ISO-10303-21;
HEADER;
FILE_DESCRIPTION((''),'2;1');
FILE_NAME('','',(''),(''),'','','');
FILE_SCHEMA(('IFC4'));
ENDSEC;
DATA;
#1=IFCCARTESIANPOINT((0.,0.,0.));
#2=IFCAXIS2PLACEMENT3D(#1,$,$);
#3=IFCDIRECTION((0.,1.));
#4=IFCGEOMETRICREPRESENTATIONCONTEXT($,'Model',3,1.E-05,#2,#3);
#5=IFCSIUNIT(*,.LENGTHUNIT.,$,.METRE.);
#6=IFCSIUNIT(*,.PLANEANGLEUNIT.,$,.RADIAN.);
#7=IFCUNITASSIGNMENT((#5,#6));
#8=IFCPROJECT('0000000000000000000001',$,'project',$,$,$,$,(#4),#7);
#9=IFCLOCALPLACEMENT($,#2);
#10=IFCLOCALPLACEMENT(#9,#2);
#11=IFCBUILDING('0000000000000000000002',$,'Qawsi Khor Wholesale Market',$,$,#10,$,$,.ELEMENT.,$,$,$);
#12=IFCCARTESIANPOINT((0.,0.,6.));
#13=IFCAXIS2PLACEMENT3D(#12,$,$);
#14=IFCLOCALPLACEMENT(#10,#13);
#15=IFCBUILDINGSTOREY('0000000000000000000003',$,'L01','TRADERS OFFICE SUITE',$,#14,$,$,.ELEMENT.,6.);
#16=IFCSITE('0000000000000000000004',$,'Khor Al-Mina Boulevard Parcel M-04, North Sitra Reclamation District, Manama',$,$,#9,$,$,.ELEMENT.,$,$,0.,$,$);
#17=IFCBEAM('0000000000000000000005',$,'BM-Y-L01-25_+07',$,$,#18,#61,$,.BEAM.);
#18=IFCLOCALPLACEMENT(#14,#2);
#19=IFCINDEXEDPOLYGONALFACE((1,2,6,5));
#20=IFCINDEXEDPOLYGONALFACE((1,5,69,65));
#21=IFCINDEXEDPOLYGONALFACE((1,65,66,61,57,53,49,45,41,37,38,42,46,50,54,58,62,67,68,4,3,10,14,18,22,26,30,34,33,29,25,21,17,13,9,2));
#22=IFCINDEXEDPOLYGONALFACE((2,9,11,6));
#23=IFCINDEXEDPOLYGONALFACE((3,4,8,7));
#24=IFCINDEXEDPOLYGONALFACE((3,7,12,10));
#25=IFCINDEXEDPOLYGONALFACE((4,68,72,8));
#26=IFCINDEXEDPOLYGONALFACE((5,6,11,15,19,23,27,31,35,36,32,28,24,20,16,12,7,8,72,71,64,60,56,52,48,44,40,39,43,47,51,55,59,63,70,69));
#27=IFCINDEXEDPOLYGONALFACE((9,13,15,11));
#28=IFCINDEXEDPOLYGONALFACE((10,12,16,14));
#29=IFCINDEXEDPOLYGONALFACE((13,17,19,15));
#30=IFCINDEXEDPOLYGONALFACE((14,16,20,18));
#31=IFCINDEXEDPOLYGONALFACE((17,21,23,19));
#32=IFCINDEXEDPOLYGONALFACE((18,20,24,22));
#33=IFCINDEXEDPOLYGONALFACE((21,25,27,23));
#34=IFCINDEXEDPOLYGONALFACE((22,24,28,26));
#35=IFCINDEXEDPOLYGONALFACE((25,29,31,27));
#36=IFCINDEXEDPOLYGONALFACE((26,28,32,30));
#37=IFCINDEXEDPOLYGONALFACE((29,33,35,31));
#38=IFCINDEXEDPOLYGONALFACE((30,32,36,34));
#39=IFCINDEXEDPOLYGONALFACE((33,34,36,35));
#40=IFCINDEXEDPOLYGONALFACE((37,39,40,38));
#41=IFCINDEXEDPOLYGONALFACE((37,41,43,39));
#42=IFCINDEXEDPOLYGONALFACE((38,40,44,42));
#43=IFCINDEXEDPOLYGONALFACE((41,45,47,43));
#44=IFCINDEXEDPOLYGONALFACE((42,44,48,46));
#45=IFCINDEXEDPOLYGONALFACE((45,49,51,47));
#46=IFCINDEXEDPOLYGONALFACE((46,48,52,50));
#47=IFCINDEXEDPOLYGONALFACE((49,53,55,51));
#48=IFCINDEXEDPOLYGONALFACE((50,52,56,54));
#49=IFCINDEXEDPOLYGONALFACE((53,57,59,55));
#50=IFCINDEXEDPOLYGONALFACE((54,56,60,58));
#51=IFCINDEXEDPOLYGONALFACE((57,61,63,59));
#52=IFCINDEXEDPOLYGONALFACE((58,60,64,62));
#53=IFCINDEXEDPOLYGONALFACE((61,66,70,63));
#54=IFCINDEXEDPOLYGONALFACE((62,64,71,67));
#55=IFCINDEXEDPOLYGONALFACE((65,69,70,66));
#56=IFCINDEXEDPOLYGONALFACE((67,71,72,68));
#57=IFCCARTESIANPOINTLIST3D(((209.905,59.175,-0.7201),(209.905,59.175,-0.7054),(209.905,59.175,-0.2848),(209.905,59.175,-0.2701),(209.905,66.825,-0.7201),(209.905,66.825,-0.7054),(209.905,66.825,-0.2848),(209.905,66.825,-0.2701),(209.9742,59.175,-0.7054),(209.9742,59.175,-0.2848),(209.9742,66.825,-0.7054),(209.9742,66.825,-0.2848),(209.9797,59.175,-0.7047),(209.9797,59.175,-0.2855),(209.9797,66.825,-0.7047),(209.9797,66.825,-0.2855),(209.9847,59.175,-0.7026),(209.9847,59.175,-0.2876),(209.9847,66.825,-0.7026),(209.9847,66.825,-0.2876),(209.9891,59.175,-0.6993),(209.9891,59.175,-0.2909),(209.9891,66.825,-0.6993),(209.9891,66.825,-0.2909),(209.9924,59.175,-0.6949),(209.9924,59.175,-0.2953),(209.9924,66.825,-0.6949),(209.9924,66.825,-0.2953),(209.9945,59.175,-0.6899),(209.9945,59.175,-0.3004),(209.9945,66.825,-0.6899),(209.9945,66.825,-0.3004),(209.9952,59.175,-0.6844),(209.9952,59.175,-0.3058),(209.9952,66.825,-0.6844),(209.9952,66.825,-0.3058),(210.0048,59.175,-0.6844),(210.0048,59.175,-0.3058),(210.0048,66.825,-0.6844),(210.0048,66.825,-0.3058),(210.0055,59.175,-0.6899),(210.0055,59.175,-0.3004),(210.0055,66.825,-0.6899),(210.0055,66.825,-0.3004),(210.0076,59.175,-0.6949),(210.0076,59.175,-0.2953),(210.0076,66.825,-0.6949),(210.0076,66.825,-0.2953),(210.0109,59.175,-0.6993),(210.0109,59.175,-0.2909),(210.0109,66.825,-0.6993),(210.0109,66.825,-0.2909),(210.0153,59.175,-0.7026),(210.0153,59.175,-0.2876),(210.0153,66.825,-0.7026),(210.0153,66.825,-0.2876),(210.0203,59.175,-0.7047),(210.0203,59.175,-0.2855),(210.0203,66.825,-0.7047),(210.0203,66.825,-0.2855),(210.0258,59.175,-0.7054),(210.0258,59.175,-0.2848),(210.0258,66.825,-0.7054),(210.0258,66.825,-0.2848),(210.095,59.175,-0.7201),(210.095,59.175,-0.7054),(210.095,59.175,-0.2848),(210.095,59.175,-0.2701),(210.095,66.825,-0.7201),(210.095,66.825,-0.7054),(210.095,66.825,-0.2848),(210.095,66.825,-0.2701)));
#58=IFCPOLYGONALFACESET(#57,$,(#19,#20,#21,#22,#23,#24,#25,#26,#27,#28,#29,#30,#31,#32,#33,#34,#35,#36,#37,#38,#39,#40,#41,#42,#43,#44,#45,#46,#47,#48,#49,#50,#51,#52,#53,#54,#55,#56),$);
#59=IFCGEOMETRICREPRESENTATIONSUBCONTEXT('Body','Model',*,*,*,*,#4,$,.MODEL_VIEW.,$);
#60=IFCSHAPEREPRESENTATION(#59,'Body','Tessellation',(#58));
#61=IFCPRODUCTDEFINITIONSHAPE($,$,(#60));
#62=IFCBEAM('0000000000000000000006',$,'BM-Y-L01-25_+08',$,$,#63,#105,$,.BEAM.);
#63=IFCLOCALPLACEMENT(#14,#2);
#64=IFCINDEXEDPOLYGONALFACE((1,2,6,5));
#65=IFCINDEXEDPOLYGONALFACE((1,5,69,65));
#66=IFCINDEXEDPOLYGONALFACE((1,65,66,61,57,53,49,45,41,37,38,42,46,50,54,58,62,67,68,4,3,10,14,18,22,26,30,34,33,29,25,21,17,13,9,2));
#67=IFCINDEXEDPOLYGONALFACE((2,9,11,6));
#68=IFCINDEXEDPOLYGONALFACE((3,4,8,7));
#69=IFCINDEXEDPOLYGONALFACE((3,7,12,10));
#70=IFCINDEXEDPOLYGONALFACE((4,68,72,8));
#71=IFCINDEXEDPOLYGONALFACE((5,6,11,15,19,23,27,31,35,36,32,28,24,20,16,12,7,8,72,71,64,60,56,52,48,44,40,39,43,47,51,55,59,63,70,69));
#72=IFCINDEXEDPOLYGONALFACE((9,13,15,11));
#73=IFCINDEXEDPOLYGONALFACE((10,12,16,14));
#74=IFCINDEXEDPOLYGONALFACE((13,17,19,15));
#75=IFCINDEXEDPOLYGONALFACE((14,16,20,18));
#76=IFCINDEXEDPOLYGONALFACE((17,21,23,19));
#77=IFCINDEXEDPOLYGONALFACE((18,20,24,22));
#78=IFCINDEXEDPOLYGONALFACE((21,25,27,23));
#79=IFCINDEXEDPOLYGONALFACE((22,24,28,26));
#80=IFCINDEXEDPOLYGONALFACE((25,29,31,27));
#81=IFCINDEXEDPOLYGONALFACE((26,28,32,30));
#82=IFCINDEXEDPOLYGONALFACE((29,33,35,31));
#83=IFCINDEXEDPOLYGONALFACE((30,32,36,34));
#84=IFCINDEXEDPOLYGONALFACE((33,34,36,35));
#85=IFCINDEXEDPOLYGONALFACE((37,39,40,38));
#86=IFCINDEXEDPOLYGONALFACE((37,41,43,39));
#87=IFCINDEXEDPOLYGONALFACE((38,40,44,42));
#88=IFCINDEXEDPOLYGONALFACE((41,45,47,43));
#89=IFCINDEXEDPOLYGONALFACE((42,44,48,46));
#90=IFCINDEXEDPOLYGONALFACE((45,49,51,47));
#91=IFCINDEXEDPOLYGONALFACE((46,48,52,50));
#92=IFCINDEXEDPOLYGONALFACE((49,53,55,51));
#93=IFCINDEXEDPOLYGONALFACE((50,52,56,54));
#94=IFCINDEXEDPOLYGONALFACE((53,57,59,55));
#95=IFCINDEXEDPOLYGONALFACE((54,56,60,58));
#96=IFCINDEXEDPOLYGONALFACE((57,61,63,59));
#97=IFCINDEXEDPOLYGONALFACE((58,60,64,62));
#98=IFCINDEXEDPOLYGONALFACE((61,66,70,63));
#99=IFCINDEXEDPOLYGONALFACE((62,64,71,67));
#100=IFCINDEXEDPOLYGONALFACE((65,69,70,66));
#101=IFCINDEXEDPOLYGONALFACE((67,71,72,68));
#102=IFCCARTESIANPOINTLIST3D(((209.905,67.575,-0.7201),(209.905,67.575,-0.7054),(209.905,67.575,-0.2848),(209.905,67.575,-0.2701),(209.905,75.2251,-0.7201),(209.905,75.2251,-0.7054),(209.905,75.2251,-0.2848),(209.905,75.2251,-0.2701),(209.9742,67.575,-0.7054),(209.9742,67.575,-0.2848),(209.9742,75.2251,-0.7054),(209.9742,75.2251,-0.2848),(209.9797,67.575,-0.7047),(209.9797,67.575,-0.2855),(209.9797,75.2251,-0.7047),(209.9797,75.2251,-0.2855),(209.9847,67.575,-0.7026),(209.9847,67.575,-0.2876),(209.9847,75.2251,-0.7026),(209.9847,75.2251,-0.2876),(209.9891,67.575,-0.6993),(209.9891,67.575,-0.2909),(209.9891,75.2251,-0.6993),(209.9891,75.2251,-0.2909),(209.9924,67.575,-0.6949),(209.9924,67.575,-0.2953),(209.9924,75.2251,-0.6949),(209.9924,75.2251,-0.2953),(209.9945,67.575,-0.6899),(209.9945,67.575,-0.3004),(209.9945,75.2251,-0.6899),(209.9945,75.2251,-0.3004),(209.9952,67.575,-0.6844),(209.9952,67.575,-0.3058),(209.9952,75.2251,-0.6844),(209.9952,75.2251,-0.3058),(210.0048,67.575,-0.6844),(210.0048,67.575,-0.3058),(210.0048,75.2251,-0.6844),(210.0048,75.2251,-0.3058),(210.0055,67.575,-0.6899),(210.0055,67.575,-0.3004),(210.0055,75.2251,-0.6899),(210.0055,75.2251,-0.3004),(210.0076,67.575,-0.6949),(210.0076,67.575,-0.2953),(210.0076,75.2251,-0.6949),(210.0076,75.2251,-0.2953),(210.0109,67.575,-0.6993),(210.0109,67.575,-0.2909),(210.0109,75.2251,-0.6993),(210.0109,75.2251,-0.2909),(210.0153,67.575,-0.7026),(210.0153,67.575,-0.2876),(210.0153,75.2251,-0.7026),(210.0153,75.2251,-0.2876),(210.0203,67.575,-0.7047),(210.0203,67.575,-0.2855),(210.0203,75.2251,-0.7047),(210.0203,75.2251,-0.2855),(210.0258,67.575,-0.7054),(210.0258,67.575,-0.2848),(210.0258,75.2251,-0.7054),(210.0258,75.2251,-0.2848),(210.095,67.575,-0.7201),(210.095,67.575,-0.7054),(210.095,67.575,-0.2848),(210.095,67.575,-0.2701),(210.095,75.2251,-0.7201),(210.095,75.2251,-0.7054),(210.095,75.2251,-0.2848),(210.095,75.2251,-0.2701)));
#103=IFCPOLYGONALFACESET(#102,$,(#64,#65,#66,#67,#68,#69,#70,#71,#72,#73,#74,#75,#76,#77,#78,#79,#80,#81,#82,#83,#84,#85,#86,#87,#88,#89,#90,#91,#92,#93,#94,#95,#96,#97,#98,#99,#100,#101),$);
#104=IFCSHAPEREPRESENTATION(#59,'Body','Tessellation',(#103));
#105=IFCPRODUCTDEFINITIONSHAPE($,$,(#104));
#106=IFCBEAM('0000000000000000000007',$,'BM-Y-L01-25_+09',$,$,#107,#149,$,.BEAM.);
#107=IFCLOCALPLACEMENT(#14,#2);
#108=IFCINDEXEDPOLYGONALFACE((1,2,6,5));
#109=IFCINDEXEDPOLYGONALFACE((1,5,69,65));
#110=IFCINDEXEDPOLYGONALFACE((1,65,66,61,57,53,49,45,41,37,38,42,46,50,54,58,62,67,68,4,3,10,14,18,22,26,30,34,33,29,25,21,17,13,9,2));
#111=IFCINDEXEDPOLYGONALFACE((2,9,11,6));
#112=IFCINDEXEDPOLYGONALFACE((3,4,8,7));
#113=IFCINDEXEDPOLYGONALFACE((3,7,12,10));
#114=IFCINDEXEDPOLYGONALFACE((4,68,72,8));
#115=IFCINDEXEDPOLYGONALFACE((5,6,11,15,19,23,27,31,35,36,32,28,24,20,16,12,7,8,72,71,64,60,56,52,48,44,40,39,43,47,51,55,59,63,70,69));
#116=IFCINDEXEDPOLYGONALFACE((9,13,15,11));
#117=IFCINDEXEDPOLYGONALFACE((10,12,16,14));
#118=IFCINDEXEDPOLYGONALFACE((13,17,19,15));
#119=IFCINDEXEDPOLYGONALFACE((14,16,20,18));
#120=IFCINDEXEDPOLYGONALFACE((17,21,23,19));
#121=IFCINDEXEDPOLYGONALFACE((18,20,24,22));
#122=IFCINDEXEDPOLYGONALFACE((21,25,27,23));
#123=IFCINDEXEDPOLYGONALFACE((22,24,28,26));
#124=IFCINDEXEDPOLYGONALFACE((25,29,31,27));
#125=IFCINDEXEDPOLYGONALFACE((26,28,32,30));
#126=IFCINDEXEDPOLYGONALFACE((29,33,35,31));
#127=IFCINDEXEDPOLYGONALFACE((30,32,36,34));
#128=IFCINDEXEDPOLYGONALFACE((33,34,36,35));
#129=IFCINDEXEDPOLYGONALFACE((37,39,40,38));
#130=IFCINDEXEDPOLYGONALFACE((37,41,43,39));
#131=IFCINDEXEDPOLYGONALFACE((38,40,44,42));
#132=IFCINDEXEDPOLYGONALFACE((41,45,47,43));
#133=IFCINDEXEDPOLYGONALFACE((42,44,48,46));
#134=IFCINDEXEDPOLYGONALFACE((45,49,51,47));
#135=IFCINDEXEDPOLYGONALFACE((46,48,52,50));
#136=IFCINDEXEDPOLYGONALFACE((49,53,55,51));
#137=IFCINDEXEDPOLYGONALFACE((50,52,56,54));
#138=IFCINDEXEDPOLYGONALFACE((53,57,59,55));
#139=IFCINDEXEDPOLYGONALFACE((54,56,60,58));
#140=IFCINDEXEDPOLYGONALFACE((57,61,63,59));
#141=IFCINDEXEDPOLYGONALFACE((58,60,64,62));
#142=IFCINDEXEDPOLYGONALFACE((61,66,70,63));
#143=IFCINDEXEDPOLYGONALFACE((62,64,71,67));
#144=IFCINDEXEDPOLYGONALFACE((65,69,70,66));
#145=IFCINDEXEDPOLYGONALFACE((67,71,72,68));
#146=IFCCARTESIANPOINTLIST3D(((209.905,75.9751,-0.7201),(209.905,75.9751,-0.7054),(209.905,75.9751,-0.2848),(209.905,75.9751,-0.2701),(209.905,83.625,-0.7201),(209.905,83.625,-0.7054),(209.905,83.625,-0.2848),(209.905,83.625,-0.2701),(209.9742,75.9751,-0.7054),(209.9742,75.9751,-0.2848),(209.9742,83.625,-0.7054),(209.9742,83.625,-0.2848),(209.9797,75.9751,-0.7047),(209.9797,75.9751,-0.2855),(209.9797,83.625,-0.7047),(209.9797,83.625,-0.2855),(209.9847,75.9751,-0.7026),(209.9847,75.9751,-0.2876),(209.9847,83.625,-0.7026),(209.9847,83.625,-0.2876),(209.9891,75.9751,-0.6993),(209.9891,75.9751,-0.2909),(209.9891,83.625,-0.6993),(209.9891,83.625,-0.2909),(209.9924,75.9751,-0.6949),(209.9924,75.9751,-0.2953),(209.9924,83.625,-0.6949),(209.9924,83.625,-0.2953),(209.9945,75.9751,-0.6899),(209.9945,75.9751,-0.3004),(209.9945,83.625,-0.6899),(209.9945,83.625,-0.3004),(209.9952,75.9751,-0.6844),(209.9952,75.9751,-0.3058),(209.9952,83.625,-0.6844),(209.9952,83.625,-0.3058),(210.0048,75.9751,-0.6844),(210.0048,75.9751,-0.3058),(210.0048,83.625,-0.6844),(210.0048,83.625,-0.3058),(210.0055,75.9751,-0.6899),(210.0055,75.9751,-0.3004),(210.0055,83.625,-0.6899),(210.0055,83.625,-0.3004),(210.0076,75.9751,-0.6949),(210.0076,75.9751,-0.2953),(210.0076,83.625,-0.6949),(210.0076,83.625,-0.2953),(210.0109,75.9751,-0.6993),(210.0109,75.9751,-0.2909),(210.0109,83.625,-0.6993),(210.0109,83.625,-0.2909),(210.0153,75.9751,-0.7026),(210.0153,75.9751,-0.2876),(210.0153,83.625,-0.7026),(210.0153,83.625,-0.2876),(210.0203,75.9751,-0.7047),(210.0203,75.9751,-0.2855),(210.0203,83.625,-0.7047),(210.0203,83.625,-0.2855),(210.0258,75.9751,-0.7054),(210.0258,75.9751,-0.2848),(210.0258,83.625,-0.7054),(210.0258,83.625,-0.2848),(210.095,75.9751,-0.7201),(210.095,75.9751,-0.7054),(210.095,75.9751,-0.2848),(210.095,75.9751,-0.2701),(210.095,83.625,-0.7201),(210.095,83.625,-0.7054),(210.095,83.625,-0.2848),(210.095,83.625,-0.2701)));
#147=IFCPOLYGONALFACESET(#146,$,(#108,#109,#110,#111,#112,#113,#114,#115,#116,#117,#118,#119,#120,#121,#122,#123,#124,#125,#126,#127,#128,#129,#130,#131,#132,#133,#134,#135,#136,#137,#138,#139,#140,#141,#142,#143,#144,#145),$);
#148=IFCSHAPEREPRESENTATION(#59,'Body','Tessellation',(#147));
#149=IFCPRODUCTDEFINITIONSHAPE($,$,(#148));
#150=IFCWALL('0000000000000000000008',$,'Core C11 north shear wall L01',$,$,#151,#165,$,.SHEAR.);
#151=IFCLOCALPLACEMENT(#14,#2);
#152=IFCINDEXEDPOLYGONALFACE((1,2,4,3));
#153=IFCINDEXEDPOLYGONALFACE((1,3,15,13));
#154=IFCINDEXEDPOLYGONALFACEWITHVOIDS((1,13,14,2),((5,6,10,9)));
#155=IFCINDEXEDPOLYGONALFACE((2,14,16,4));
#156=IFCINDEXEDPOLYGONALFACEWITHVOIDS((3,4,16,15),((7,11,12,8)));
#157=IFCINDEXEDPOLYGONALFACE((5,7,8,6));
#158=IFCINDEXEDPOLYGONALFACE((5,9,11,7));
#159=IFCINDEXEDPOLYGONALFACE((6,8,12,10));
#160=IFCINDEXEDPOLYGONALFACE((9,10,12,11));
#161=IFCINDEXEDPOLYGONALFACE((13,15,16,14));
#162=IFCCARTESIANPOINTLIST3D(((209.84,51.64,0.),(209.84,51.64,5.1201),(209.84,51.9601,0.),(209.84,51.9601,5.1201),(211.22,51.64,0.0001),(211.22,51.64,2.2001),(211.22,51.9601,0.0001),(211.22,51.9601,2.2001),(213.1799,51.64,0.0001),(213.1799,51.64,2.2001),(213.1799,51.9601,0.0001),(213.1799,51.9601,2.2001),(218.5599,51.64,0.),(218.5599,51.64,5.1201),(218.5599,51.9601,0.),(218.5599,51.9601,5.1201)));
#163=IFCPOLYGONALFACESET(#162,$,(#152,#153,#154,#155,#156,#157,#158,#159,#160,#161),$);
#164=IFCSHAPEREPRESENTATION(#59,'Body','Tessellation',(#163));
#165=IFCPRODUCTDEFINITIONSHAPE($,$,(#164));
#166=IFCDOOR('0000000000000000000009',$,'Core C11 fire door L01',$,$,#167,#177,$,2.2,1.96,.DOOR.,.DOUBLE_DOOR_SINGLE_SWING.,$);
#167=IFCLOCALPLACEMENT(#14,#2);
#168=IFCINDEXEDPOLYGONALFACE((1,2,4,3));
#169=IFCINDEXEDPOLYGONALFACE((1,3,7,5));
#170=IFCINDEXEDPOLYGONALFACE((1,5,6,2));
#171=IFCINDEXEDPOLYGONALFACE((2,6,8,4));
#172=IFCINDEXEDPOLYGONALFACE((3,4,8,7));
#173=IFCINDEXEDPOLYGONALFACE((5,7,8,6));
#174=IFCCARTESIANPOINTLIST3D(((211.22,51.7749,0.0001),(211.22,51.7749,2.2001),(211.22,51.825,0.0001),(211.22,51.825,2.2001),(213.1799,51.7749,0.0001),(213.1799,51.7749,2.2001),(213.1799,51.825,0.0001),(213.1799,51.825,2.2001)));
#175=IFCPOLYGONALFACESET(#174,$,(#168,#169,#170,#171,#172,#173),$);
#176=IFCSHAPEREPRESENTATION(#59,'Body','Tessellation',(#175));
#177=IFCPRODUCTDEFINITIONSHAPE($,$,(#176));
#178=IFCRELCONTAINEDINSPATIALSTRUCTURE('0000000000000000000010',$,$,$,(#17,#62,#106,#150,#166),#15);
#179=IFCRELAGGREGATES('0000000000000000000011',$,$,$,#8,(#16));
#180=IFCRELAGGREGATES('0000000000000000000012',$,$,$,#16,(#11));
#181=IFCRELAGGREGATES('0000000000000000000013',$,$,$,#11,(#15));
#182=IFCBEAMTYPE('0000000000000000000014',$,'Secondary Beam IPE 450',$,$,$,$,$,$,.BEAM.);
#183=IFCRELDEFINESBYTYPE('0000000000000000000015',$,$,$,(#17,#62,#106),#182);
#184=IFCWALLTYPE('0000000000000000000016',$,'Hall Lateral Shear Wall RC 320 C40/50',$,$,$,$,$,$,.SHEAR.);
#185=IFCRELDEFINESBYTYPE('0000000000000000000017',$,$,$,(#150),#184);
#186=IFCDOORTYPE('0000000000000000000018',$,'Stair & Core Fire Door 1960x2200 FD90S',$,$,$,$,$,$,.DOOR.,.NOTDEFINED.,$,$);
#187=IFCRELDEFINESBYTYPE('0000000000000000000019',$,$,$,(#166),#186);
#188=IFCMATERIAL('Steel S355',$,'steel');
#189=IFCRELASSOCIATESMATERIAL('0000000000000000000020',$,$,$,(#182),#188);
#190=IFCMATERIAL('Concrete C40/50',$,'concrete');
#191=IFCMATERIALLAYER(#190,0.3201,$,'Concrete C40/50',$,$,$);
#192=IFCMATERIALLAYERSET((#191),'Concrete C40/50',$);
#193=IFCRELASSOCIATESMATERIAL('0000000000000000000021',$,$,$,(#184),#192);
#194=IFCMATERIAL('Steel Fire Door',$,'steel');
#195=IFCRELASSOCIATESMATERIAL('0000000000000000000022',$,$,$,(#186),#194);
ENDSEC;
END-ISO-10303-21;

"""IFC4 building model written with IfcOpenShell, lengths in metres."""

from ifc_helpers import new_model, si_unit, direction, frame, frame_2d, origin, origin_2d, place, context, subcontext, project, spatial, rectangle, i_section, extrude, material, layer, layer_set, material_profile, profile_set, type_object, element, fill, save


model = new_model("IFC4")

# Units and contexts
model_context = context("Model", 3, precision=1e-05, world=origin(), true_north=direction((0.0, 1.0)))
body_context = subcontext(model_context, "Body", "Model", "MODEL_VIEW")
ifc_project = project(units=[si_unit("LENGTHUNIT", "METRE"), si_unit("PLANEANGLEUNIT", "RADIAN")], contexts=[model_context])

# Site, building, storey
site_placement = place(None, origin())
site = spatial("IfcSite", under=ifc_project, at=site_placement, Name="Khor Al-Mina Boulevard Parcel M-04, North Sitra Reclamation District, Manama", CompositionType="ELEMENT", RefElevation=0.0)
building_placement = place(site_placement, origin())
building = spatial("IfcBuilding", under=site, at=building_placement, Name="Qawsi Khor Wholesale Market", CompositionType="ELEMENT")
storey_placement = place(building_placement, frame((0.0, 0.0, 6.0)))
storey = spatial("IfcBuildingStorey", under=building, at=storey_placement, Name="L01", Description="TRADERS OFFICE SUITE", CompositionType="ELEMENT", Elevation=6.0)

# Shared definitions
ifc_material_1 = material(Name="Concrete C40/50", Category="concrete")

# Beams
ifc_material_2 = material(Name="Steel S355", Category="steel")
ifc_material_profile_1 = material_profile(ifc_material_2, i_section(OverallWidth=0.1899, OverallDepth=0.45, WebThickness=0.0095, FlangeThickness=0.0146, FilletRadius=0.021, at=origin_2d()), Name="IPE 450")
ifc_profile_set_1 = profile_set([ifc_material_profile_1], Name="Steel S355")
beam_type_1 = type_object("IfcBeamType", Name="Secondary Beam IPE 450", PredefinedType="BEAM", material=ifc_profile_set_1)
beam_1_placement = place(storey_placement, frame((210.0, 59.175, -0.4951), z_axis=(0.0, 1.0, 0.0), x_axis=(-1.0, 0.0, 0.0)))
element("IfcBeam", 1, at=beam_1_placement, inside=storey, type_object=beam_type_1, Name="BM-Y-L01-25_+07", PredefinedType="BEAM", context=body_context, shape_type="SweptSolid", body=[
    extrude(i_section(OverallWidth=0.1899, OverallDepth=0.45, WebThickness=0.0095, FlangeThickness=0.0146, FilletRadius=0.021, at=origin_2d()), origin(), (0.0, 0.0, 1.0), 7.6499),
])
beam_2_placement = place(storey_placement, frame((210.0, 67.575, -0.4951), z_axis=(0.0, 1.0, 0.0), x_axis=(-1.0, 0.0, 0.0)))
element("IfcBeam", 2, at=beam_2_placement, inside=storey, type_object=beam_type_1, Name="BM-Y-L01-25_+08", PredefinedType="BEAM", context=body_context, shape_type="SweptSolid", body=[
    extrude(i_section(OverallWidth=0.1899, OverallDepth=0.45, WebThickness=0.0095, FlangeThickness=0.0146, FilletRadius=0.021, at=origin_2d()), origin(), (0.0, 0.0, 1.0), 7.6501),
])
beam_3_placement = place(storey_placement, frame((210.0, 75.9751, -0.4951), z_axis=(0.0, 1.0, 0.0), x_axis=(-1.0, 0.0, 0.0)))
element("IfcBeam", 3, at=beam_3_placement, inside=storey, type_object=beam_type_1, Name="BM-Y-L01-25_+09", PredefinedType="BEAM", context=body_context, shape_type="SweptSolid", body=[
    extrude(i_section(OverallWidth=0.1899, OverallDepth=0.45, WebThickness=0.0095, FlangeThickness=0.0146, FilletRadius=0.021, at=origin_2d()), origin(), (0.0, 0.0, 1.0), 7.6499),
])

# Wall, opening, door
ifc_layer = layer(ifc_material_1, 0.3201, Name="Concrete C40/50")
ifc_layer_set = layer_set([ifc_layer], Name="Concrete C40/50")
wall_type = type_object("IfcWallType", Name="Hall Lateral Shear Wall RC 320 C40/50", PredefinedType="SHEAR", material=ifc_layer_set)
wall_placement = place(storey_placement, frame((209.8401, 51.8, 0.0), z_axis=(0.0, 0.0, 1.0), x_axis=(1.0, 0.0, 0.0)))
wall = element("IfcWall", 4, at=wall_placement, inside=storey, type_object=wall_type, Name="Core C11 north shear wall L01", PredefinedType="SHEAR", context=body_context, shape_type="SweptSolid", body=[
    extrude(rectangle(XDim=8.72, YDim=0.3201, at=frame_2d((4.3599, 0.0))), origin(), (0.0, 0.0, 1.0), 5.1201),
])
opening_placement = place(wall_placement, frame((1.3799, 0.0, 0.0)))
opening = element("IfcOpeningElement", 5, at=opening_placement, cuts=wall, PredefinedType="OPENING", context=body_context, shape_type="SweptSolid", body=[
    extrude(rectangle(XDim=1.96, YDim=2.2, at=frame_2d((0.98, 1.1001))), frame((0.0, 0.1699, 0.0), z_axis=(0.0, -1.0, 0.0), x_axis=(1.0, 0.0, 0.0)), (0.0, 0.0, 1.0), 0.3401),
])
ifc_material_3 = material(Name="Steel Fire Door", Category="steel")
door_type = type_object("IfcDoorType", Name="Stair & Core Fire Door 1960x2200 FD90S", OperationType="NOTDEFINED", PredefinedType="DOOR", material=ifc_material_3)
door_placement = place(opening_placement, origin())
door = element("IfcDoor", 6, at=door_placement, inside=storey, type_object=door_type, Name="Core C11 fire door L01", OperationType="DOUBLE_DOOR_SINGLE_SWING", OverallHeight=2.2, OverallWidth=1.96, PredefinedType="DOOR", context=body_context, shape_type="SweptSolid", body=[
    extrude(rectangle(XDim=1.96, YDim=2.2, at=frame_2d((0.98, 1.1001))), frame((0.0, 0.0249, 0.0), z_axis=(0.0, -1.0, 0.0), x_axis=(1.0, 0.0, 0.0)), (0.0, 0.0, 1.0), 0.05),
])
fill(opening, door)

save(model, "model.ifc")
